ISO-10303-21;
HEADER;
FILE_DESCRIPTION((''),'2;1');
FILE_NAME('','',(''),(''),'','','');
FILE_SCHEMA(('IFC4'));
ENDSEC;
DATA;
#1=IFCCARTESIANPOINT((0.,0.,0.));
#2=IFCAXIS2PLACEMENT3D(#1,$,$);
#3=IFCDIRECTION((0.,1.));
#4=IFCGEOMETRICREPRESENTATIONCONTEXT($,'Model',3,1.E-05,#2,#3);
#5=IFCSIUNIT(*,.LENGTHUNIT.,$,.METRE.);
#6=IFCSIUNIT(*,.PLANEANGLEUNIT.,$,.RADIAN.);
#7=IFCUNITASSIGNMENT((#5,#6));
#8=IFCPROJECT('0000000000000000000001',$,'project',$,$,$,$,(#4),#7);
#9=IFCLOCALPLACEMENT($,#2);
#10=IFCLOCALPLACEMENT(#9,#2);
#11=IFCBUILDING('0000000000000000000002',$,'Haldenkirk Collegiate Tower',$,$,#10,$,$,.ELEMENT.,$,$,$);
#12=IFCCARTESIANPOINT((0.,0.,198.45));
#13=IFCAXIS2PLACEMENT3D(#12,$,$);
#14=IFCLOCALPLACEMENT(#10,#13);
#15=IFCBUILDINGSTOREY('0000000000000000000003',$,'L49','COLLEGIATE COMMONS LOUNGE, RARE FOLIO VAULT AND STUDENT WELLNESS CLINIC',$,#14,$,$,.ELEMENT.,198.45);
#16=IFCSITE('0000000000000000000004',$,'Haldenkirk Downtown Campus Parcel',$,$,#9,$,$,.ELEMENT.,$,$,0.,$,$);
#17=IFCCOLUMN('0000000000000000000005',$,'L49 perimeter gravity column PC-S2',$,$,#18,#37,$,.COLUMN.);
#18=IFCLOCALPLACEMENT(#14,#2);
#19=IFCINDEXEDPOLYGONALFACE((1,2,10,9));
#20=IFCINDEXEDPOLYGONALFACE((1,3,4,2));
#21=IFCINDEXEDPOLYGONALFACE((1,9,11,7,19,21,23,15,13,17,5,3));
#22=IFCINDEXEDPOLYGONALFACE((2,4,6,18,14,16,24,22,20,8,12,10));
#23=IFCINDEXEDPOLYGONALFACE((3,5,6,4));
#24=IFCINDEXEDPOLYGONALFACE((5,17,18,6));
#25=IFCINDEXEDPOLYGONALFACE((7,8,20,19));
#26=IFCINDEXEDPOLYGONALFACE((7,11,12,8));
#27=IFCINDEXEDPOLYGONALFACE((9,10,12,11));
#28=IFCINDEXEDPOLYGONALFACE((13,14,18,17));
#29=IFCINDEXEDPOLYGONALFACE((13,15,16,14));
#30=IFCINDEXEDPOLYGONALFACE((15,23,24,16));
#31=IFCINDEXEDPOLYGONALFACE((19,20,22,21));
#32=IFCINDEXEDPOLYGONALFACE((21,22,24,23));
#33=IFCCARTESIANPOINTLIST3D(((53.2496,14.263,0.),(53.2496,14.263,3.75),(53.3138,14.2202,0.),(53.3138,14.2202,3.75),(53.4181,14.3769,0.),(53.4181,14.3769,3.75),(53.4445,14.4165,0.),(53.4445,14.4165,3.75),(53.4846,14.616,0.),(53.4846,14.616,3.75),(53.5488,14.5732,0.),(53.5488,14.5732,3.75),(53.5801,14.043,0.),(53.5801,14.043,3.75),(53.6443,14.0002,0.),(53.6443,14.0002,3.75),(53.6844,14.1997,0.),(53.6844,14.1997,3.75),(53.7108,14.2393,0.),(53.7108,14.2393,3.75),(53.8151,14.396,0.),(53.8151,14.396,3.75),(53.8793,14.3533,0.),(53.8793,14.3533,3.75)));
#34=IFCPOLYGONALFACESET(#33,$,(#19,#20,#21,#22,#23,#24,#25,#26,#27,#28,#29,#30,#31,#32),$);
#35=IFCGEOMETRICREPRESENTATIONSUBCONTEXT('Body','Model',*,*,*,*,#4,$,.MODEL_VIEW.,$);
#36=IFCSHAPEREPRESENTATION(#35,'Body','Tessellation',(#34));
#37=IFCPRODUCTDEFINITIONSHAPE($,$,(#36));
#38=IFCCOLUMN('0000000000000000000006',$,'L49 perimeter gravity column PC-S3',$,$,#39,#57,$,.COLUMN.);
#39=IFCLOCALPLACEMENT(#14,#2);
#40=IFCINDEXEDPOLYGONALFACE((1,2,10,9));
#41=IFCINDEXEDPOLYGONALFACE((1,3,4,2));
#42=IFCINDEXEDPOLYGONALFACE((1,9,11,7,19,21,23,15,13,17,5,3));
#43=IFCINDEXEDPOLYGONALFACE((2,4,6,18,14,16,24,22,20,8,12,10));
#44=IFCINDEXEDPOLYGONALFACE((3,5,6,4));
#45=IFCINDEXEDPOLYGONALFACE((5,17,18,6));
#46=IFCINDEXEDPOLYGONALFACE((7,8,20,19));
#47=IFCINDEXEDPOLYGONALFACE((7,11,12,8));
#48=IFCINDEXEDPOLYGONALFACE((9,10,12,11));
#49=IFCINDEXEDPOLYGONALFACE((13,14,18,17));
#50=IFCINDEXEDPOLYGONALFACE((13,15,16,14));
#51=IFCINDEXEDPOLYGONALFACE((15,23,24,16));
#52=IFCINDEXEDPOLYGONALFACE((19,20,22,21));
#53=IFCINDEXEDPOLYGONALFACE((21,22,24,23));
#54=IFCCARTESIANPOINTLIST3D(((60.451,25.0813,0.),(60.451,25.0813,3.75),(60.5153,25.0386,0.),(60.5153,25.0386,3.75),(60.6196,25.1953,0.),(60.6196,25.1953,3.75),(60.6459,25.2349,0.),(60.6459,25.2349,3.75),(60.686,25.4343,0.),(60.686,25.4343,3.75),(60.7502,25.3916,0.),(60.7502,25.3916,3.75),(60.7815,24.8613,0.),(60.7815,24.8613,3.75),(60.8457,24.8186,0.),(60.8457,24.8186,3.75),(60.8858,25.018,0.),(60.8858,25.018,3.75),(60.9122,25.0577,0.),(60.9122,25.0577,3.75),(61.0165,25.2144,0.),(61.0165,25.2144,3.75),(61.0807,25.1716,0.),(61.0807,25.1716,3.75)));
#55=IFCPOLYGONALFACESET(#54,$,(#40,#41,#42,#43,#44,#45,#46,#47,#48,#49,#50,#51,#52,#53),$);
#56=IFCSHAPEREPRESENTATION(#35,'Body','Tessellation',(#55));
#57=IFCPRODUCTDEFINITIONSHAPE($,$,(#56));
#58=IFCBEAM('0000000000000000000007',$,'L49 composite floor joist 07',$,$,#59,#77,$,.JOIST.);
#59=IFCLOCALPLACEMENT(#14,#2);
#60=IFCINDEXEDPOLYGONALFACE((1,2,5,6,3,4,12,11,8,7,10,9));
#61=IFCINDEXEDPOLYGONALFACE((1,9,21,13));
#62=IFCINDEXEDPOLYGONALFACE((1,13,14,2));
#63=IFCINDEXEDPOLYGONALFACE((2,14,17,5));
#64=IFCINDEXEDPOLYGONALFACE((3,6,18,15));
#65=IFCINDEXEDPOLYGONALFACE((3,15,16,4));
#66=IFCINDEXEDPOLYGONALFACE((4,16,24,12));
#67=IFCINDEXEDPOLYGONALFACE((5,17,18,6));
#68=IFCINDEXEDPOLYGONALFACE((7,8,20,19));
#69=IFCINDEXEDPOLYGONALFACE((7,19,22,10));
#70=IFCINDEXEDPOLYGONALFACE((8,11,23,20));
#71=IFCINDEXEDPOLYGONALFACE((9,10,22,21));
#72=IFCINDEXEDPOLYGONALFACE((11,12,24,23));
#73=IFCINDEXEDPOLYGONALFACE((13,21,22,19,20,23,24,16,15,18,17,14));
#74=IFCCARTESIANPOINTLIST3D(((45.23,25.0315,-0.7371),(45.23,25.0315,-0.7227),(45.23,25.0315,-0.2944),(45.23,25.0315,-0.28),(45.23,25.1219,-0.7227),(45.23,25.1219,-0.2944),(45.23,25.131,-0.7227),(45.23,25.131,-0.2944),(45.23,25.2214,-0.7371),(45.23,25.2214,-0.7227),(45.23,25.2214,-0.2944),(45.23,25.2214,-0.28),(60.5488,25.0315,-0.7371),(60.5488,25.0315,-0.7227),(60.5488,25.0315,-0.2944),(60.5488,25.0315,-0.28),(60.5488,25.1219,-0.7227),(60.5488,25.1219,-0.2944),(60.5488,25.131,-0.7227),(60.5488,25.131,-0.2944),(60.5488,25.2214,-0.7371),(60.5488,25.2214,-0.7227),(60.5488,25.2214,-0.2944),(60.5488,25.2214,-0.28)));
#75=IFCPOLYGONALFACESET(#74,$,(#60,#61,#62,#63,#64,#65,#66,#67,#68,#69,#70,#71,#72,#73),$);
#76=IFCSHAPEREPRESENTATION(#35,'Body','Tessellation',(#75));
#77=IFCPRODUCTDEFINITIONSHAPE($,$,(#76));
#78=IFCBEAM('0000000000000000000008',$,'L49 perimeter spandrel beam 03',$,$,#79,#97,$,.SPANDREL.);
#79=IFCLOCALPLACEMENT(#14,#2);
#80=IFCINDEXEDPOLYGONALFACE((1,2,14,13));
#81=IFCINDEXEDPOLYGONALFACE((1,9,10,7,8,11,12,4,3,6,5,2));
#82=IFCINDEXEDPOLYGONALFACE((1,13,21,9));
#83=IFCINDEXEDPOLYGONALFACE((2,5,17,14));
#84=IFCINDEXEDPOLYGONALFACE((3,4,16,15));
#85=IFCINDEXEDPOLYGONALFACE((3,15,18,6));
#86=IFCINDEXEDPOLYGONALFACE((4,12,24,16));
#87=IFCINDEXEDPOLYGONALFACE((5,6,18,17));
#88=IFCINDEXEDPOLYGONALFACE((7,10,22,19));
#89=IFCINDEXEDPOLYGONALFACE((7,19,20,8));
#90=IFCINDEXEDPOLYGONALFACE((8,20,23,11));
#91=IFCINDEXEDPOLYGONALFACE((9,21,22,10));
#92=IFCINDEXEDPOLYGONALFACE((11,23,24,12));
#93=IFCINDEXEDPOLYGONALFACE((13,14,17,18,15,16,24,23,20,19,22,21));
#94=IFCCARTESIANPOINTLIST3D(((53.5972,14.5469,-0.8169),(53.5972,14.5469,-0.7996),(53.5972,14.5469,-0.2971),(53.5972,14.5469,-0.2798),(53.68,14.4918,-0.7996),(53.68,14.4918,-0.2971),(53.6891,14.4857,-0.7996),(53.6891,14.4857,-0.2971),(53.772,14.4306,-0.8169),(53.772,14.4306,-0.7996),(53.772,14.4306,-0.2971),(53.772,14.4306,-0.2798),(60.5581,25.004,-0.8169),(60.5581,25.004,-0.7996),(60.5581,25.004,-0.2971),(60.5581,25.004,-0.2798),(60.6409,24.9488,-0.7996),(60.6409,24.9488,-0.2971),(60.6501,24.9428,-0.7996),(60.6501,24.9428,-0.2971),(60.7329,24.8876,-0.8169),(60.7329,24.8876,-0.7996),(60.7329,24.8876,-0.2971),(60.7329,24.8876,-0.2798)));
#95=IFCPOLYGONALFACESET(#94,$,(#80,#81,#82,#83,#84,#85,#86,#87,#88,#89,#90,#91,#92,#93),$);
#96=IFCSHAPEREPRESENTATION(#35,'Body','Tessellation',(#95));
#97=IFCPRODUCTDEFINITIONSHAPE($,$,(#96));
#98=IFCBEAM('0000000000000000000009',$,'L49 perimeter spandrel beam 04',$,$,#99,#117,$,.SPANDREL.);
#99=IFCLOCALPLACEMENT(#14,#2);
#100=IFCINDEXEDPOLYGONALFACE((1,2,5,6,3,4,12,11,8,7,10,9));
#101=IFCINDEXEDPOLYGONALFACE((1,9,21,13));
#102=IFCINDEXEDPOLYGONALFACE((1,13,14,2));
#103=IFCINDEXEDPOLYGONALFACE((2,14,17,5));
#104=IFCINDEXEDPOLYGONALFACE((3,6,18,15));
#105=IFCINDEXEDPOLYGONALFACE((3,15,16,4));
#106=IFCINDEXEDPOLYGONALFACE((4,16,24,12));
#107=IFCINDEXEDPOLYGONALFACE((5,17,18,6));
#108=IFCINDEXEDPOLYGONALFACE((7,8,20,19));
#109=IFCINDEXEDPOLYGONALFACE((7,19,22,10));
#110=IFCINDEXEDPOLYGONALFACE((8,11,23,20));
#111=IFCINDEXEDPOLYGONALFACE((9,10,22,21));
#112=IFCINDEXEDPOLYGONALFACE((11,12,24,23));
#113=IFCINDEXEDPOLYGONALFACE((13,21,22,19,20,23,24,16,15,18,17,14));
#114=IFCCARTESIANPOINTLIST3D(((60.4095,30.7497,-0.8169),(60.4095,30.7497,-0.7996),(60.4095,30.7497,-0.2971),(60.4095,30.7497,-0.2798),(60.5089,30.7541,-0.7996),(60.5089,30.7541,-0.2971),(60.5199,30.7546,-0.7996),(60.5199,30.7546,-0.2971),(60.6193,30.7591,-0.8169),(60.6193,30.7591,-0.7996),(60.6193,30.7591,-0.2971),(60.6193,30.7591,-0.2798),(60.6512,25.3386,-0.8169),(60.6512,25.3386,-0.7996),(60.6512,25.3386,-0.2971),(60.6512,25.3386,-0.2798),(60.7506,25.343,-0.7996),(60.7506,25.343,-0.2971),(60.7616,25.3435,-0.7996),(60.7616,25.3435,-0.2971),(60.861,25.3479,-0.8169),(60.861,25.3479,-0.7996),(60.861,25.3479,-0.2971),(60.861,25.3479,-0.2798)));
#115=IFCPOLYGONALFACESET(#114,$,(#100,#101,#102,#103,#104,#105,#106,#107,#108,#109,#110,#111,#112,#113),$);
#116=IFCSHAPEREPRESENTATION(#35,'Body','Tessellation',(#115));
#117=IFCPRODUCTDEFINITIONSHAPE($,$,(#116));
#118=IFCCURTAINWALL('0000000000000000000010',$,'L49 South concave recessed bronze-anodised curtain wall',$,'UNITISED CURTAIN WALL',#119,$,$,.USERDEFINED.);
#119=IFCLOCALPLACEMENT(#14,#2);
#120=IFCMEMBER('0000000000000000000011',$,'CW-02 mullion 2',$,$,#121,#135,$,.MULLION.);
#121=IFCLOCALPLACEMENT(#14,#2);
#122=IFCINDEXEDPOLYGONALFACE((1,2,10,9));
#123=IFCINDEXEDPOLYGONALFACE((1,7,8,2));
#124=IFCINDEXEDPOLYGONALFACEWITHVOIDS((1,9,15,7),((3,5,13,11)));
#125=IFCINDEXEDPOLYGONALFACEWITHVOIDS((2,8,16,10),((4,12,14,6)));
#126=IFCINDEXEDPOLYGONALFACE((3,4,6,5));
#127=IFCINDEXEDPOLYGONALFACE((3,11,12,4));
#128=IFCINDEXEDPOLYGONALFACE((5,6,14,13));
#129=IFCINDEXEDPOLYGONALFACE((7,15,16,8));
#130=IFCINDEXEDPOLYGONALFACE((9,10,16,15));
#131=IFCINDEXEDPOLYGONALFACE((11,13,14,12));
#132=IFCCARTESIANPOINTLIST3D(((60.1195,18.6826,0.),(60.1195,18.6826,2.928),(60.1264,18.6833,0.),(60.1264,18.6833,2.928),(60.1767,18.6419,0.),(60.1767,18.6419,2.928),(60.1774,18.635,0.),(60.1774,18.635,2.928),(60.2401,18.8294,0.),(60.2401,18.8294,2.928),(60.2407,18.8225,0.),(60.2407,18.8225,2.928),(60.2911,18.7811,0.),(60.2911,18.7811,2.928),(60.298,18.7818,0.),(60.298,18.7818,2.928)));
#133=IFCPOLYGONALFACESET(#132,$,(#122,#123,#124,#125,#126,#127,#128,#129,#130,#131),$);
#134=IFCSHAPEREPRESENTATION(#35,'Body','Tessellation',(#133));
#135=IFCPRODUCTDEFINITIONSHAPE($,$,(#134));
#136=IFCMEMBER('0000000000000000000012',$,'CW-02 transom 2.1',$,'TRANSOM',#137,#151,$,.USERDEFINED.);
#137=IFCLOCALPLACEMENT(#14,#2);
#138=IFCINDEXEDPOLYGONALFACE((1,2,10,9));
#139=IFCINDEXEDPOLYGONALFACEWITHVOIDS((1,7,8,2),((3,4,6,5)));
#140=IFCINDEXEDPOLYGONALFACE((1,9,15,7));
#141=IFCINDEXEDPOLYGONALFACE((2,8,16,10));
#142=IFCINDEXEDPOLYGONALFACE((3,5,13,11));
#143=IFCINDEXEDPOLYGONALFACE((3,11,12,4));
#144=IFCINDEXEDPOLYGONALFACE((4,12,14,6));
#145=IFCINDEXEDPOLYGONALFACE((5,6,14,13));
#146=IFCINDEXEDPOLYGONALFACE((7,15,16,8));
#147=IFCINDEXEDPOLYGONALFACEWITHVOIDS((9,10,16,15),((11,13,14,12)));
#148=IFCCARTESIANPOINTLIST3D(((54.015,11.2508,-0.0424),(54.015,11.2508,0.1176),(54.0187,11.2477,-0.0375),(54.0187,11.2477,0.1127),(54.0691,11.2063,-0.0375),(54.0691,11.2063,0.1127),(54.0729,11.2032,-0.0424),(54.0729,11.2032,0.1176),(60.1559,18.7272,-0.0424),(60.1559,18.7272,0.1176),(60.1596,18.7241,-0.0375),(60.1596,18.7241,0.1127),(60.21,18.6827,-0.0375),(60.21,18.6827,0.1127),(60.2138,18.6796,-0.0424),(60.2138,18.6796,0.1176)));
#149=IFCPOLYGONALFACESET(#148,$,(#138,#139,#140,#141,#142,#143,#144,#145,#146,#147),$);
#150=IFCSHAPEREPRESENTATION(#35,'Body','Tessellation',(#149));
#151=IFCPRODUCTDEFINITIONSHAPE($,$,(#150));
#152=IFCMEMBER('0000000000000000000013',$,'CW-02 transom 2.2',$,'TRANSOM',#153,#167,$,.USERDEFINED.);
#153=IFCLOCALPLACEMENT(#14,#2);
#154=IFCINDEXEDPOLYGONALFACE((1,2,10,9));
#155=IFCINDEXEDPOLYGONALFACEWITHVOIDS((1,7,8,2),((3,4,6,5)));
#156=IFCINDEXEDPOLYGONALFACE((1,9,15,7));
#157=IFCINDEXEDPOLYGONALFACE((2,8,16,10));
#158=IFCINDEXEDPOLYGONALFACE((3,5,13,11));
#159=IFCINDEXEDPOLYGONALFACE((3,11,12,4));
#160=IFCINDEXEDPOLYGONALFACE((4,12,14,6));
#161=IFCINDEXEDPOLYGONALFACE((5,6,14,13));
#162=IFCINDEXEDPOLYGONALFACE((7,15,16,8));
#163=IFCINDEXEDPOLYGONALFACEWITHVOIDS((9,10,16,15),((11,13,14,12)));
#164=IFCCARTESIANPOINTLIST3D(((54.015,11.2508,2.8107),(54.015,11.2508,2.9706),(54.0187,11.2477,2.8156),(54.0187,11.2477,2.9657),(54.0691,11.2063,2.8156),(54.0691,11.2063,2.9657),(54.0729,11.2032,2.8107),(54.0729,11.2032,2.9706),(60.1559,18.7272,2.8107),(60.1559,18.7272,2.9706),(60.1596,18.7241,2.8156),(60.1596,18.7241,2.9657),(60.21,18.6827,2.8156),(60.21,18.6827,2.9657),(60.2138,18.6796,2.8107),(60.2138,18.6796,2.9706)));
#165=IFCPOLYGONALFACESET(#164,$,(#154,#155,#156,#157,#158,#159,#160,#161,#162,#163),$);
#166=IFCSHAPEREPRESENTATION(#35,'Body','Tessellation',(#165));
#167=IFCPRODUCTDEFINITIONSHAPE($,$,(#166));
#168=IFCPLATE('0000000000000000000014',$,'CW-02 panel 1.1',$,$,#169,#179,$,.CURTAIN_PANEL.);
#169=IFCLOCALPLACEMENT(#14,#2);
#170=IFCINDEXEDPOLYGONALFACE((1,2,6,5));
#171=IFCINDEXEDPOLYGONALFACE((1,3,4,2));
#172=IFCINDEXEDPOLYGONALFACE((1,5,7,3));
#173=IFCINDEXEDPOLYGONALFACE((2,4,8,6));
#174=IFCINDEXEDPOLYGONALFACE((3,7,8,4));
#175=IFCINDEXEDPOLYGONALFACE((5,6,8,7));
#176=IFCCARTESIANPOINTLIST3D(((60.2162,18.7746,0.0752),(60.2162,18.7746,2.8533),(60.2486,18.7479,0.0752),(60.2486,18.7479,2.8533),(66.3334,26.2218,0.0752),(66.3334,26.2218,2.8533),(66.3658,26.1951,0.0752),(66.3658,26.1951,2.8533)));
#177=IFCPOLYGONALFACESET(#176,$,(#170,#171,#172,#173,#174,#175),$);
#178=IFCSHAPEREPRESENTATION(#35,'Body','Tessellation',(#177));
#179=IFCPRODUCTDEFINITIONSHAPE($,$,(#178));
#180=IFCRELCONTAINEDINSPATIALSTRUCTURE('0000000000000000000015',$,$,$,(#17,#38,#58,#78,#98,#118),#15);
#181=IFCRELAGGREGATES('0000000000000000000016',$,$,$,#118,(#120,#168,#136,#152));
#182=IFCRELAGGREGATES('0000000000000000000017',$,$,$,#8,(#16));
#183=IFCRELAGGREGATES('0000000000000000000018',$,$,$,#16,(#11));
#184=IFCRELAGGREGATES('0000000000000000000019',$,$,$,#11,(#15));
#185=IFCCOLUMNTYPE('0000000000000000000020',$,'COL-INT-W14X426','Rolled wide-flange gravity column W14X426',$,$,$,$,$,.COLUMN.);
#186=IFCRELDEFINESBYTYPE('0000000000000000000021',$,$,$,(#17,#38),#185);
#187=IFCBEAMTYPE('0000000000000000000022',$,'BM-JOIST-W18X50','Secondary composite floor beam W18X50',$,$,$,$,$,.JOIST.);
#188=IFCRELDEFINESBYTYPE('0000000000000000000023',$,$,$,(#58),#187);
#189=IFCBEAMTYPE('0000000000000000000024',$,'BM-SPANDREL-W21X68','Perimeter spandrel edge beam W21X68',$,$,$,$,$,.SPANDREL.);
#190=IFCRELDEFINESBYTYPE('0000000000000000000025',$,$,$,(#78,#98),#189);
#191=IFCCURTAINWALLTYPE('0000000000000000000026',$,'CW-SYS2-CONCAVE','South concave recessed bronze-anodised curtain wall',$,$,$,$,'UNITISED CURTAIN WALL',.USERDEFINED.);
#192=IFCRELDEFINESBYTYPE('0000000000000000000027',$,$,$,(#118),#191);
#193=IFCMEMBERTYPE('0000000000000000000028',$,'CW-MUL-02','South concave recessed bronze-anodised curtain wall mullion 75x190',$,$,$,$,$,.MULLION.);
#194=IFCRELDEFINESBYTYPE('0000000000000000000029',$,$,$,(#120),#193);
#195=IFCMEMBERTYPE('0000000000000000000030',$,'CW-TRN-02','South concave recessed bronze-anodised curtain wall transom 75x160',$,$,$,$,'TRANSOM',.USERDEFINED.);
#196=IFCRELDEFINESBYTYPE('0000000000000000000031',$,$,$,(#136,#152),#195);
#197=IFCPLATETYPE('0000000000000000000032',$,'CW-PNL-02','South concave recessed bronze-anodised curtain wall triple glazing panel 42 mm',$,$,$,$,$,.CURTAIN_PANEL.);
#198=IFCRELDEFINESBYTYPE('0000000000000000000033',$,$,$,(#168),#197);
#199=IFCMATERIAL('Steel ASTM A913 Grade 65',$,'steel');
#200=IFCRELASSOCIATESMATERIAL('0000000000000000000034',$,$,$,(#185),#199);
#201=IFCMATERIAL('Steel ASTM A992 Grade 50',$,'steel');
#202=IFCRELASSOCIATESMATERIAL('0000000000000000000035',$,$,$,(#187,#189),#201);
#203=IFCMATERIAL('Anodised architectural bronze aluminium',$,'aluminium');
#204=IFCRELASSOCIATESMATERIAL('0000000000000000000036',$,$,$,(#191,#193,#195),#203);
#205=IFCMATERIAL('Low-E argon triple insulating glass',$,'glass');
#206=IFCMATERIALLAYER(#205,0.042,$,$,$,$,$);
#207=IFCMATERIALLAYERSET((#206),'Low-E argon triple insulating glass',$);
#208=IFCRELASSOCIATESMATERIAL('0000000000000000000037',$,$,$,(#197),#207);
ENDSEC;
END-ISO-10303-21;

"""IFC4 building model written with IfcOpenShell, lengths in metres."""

from ifc_helpers import new_model, si_unit, direction, frame, origin, origin_2d, place, context, subcontext, project, spatial, rectangle, hollow_rectangle, i_section, extrude, source, transform, mapped, material, layer, layer_set, material_profile, profile_set, type_object, element, aggregate, save


model = new_model("IFC4")

# Units and contexts
model_context = context("Model", 3, precision=1e-05, world=origin(), true_north=direction((0.0, 1.0)))
body_context = subcontext(model_context, "Body", "Model", "MODEL_VIEW")
ifc_project = project(units=[si_unit("LENGTHUNIT", "METRE"), si_unit("PLANEANGLEUNIT", "RADIAN")], contexts=[model_context])

# Site, building, storey
site_placement = place(None, origin())
site = spatial("IfcSite", under=ifc_project, at=site_placement, Name="Haldenkirk Downtown Campus Parcel", CompositionType="ELEMENT", RefElevation=0.0)
building_placement = place(site_placement, origin())
building = spatial("IfcBuilding", under=site, at=building_placement, Name="Haldenkirk Collegiate Tower", CompositionType="ELEMENT")
storey_placement = place(building_placement, frame((0.0, 0.0, 198.45)))
storey = spatial("IfcBuildingStorey", under=building, at=storey_placement, Name="L49", Description="COLLEGIATE COMMONS LOUNGE, RARE FOLIO VAULT AND STUDENT WELLNESS CLINIC", CompositionType="ELEMENT", Elevation=198.45)

# Columns
ifc_material_1 = material(Name="Steel ASTM A913 Grade 65", Category="steel")
ifc_material_profile_1 = material_profile(ifc_material_1, i_section(OverallWidth=0.4241, OverallDepth=0.4741, WebThickness=0.0476, FlangeThickness=0.0771, at=origin_2d()), Name="W14X426")
ifc_profile_set_1 = profile_set([ifc_material_profile_1], Name="Steel ASTM A913 Grade 65")
column_type = type_object("IfcColumnType", Name="COL-INT-W14X426", Description="Rolled wide-flange gravity column W14X426", PredefinedType="COLUMN", material=ifc_profile_set_1)
for number, where, z_axis, x_axis, name in (
    (1, (53.5645, 14.3081, 0.0), (0.0, 0.0, 1.0), (0.554118, 0.832438, 0.0), "L49 perimeter gravity column PC-S2"),
    (2, (60.7659, 25.1265, 0.0), (0.0, 0.0, 1.0), (0.554118, 0.832438, 0.0), "L49 perimeter gravity column PC-S3"),
):
    element("IfcColumn", number, at=place(storey_placement, frame(where, z_axis=z_axis, x_axis=x_axis)), inside=storey, type_object=column_type, Name=name, PredefinedType="COLUMN", context=body_context, shape_type="SweptSolid", body=[
        extrude(i_section(OverallWidth=0.4241, OverallDepth=0.4741, WebThickness=0.0476, FlangeThickness=0.0771, at=origin_2d()), origin(), (0.0, 0.0, 1.0), 3.75),
    ])

# Beams
ifc_material_2 = material(Name="Steel ASTM A992 Grade 50", Category="steel")
ifc_material_profile_2 = material_profile(ifc_material_2, i_section(OverallWidth=0.1899, OverallDepth=0.457, WebThickness=0.009, FlangeThickness=0.0144, at=origin_2d()), Name="W18X50")
ifc_profile_set_2 = profile_set([ifc_material_profile_2], Name="Steel ASTM A992 Grade 50")
beam_type_1 = type_object("IfcBeamType", Name="BM-JOIST-W18X50", Description="Secondary composite floor beam W18X50", PredefinedType="JOIST", material=ifc_profile_set_2)
beam_1_placement = place(storey_placement, frame((60.5488, 25.1265, -0.5085), z_axis=(-1.0, 0.0, 0.0), x_axis=(0.0, -1.0, 0.0)))
element("IfcBeam", 3, at=beam_1_placement, inside=storey, type_object=beam_type_1, Name="L49 composite floor joist 07", PredefinedType="JOIST", context=body_context, shape_type="SweptSolid", body=[
    extrude(i_section(OverallWidth=0.1899, OverallDepth=0.457, WebThickness=0.009, FlangeThickness=0.0144, at=origin_2d()), origin(), (0.0, 0.0, 1.0), 15.3188),
])
ifc_material_profile_3 = material_profile(ifc_material_2, i_section(OverallWidth=0.21, OverallDepth=0.5371, WebThickness=0.011, FlangeThickness=0.0173, at=origin_2d()), Name="W21X68")
ifc_profile_set_3 = profile_set([ifc_material_profile_3], Name="Steel ASTM A992 Grade 50")
beam_type_2 = type_object("IfcBeamType", Name="BM-SPANDREL-W21X68", Description="Perimeter spandrel edge beam W21X68", PredefinedType="SPANDREL", material=ifc_profile_set_3)
beam_2_placement = place(storey_placement, frame((53.6846, 14.4888, -0.5483), z_axis=(0.554126, 0.832433, 0.0), x_axis=(-0.832433, 0.554126, 0.0)))
element("IfcBeam", 4, at=beam_2_placement, inside=storey, type_object=beam_type_2, Name="L49 perimeter spandrel beam 03", PredefinedType="SPANDREL", context=body_context, shape_type="SweptSolid", body=[
    extrude(i_section(OverallWidth=0.21, OverallDepth=0.5371, WebThickness=0.011, FlangeThickness=0.0173, at=origin_2d()), origin(), (0.0, 0.0, 1.0), 12.562),
])
beam_3_placement = place(storey_placement, frame((60.7561, 25.3433, -0.5483), z_axis=(-0.044623, 0.999004, 0.0), x_axis=(-0.999004, -0.044623, 0.0)))
element("IfcBeam", 5, at=beam_3_placement, inside=storey, type_object=beam_type_2, Name="L49 perimeter spandrel beam 04", PredefinedType="SPANDREL", context=body_context, shape_type="SweptSolid", body=[
    extrude(i_section(OverallWidth=0.21, OverallDepth=0.5371, WebThickness=0.011, FlangeThickness=0.0173, at=origin_2d()), origin(), (0.0, 0.0, 1.0), 5.4165),
])

# Curtain wall, members, plate
ifc_material_3 = material(Name="Anodised architectural bronze aluminium", Category="aluminium")
curtain_wall_type = type_object("IfcCurtainWallType", Name="CW-SYS2-CONCAVE", Description="South concave recessed bronze-anodised curtain wall", ElementType="UNITISED CURTAIN WALL", PredefinedType="USERDEFINED", material=ifc_material_3)
curtain_wall_placement = place(storey_placement, origin())
curtain_wall = element("IfcCurtainWall", 6, at=curtain_wall_placement, inside=storey, type_object=curtain_wall_type, Name="L49 South concave recessed bronze-anodised curtain wall", ObjectType="UNITISED CURTAIN WALL", PredefinedType="USERDEFINED")
ifc_material_profile_4 = material_profile(ifc_material_3, hollow_rectangle(XDim=0.075, YDim=0.1899, WallThickness=0.0049, at=origin_2d()), Name="CW-MUL-02")
ifc_profile_set_4 = profile_set([ifc_material_profile_4], Name="Anodised architectural bronze aluminium")
member_type_1 = type_object("IfcMemberType", Name="CW-MUL-02", Description="South concave recessed bronze-anodised curtain wall mullion 75x190", PredefinedType="MULLION", material=ifc_profile_set_4)
member_1_placement = place(storey_placement, frame((60.2087, 18.7322, 0.0), z_axis=(0.0, 0.0, 1.0), x_axis=(0.772734, -0.634731, 0.0)))
member_1 = element("IfcMember", 7, at=member_1_placement, type_object=member_type_1, Name="CW-02 mullion 2", PredefinedType="MULLION", context=body_context, shape_type="SweptSolid", body=[
    extrude(hollow_rectangle(XDim=0.075, YDim=0.1899, WallThickness=0.0049, at=origin_2d()), origin(), (0.0, 0.0, 1.0), 2.928),
])
ifc_material_profile_5 = material_profile(ifc_material_3, hollow_rectangle(XDim=0.075, YDim=0.1599, WallThickness=0.0049, at=origin_2d()), Name="CW-TRN-02")
ifc_profile_set_5 = profile_set([ifc_material_profile_5], Name="Anodised architectural bronze aluminium")
member_type_2 = type_object("IfcMemberType", Name="CW-TRN-02", Description="South concave recessed bronze-anodised curtain wall transom 75x160", ElementType="TRANSOM", PredefinedType="USERDEFINED", material=ifc_profile_set_5)
member_2_placement = place(storey_placement, frame((60.1848, 18.7034, 0.0376), z_axis=(-0.634715, -0.772746, 0.0), x_axis=(0.772746, -0.634715, 0.0)))
member_2 = element("IfcMember", 8, at=member_2_placement, type_object=member_type_2, Name="CW-02 transom 2.1", ObjectType="TRANSOM", PredefinedType="USERDEFINED", context=body_context, shape_type="SweptSolid", body=[
    extrude(hollow_rectangle(XDim=0.075, YDim=0.1599, WallThickness=0.0049, at=origin_2d()), origin(), (0.0, 0.0, 1.0), 9.675),
])
member_3_placement = place(storey_placement, frame((60.1848, 18.7034, 2.8906), z_axis=(-0.634715, -0.772746, 0.0), x_axis=(0.772746, -0.634715, 0.0)))
member_3 = element("IfcMember", 9, at=member_3_placement, type_object=member_type_2, Name="CW-02 transom 2.2", ObjectType="TRANSOM", PredefinedType="USERDEFINED", context=body_context, shape_type="SweptSolid", body=[
    extrude(hollow_rectangle(XDim=0.075, YDim=0.1599, WallThickness=0.0049, at=origin_2d()), origin(), (0.0, 0.0, 1.0), 9.675),
])
ifc_material_4 = material(Name="Low-E argon triple insulating glass", Category="glass")
ifc_layer_1 = layer(ifc_material_4, 0.042)
ifc_layer_set_1 = layer_set([ifc_layer_1], Name="Low-E argon triple insulating glass")
plate_type = type_object("IfcPlateType", Name="CW-PNL-02", Description="South concave recessed bronze-anodised curtain wall triple glazing panel 42 mm", PredefinedType="CURTAIN_PANEL", material=ifc_layer_set_1)
shared_shape_1 = source(origin(), body_context, "Body", "SweptSolid", [
    extrude(rectangle(XDim=9.6375, YDim=0.042, at=origin_2d()), origin(), (0.0, 0.0, 1.0), 2.7781),
])
plate_1_placement = place(storey_placement, frame((63.291, 22.4849, 0.0752), z_axis=(0.0, 0.0, 1.0), x_axis=(-0.634731, -0.772734, 0.0)))
plate_1 = element("IfcPlate", 10, at=plate_1_placement, type_object=plate_type, Name="CW-02 panel 1.1", PredefinedType="CURTAIN_PANEL", context=body_context, shape_type="MappedRepresentation", body=[
    mapped(shared_shape_1, transform((0.0, 0.0, 0.0), x_axis=(1.0, 0.0, 0.0), y_axis=(0.0, 1.0, 0.0), z_axis=(0.0, 0.0, 1.0), scale=1.0)),
])
aggregate(curtain_wall, [member_1, plate_1, member_2, member_3])

save(model, "model.ifc")
